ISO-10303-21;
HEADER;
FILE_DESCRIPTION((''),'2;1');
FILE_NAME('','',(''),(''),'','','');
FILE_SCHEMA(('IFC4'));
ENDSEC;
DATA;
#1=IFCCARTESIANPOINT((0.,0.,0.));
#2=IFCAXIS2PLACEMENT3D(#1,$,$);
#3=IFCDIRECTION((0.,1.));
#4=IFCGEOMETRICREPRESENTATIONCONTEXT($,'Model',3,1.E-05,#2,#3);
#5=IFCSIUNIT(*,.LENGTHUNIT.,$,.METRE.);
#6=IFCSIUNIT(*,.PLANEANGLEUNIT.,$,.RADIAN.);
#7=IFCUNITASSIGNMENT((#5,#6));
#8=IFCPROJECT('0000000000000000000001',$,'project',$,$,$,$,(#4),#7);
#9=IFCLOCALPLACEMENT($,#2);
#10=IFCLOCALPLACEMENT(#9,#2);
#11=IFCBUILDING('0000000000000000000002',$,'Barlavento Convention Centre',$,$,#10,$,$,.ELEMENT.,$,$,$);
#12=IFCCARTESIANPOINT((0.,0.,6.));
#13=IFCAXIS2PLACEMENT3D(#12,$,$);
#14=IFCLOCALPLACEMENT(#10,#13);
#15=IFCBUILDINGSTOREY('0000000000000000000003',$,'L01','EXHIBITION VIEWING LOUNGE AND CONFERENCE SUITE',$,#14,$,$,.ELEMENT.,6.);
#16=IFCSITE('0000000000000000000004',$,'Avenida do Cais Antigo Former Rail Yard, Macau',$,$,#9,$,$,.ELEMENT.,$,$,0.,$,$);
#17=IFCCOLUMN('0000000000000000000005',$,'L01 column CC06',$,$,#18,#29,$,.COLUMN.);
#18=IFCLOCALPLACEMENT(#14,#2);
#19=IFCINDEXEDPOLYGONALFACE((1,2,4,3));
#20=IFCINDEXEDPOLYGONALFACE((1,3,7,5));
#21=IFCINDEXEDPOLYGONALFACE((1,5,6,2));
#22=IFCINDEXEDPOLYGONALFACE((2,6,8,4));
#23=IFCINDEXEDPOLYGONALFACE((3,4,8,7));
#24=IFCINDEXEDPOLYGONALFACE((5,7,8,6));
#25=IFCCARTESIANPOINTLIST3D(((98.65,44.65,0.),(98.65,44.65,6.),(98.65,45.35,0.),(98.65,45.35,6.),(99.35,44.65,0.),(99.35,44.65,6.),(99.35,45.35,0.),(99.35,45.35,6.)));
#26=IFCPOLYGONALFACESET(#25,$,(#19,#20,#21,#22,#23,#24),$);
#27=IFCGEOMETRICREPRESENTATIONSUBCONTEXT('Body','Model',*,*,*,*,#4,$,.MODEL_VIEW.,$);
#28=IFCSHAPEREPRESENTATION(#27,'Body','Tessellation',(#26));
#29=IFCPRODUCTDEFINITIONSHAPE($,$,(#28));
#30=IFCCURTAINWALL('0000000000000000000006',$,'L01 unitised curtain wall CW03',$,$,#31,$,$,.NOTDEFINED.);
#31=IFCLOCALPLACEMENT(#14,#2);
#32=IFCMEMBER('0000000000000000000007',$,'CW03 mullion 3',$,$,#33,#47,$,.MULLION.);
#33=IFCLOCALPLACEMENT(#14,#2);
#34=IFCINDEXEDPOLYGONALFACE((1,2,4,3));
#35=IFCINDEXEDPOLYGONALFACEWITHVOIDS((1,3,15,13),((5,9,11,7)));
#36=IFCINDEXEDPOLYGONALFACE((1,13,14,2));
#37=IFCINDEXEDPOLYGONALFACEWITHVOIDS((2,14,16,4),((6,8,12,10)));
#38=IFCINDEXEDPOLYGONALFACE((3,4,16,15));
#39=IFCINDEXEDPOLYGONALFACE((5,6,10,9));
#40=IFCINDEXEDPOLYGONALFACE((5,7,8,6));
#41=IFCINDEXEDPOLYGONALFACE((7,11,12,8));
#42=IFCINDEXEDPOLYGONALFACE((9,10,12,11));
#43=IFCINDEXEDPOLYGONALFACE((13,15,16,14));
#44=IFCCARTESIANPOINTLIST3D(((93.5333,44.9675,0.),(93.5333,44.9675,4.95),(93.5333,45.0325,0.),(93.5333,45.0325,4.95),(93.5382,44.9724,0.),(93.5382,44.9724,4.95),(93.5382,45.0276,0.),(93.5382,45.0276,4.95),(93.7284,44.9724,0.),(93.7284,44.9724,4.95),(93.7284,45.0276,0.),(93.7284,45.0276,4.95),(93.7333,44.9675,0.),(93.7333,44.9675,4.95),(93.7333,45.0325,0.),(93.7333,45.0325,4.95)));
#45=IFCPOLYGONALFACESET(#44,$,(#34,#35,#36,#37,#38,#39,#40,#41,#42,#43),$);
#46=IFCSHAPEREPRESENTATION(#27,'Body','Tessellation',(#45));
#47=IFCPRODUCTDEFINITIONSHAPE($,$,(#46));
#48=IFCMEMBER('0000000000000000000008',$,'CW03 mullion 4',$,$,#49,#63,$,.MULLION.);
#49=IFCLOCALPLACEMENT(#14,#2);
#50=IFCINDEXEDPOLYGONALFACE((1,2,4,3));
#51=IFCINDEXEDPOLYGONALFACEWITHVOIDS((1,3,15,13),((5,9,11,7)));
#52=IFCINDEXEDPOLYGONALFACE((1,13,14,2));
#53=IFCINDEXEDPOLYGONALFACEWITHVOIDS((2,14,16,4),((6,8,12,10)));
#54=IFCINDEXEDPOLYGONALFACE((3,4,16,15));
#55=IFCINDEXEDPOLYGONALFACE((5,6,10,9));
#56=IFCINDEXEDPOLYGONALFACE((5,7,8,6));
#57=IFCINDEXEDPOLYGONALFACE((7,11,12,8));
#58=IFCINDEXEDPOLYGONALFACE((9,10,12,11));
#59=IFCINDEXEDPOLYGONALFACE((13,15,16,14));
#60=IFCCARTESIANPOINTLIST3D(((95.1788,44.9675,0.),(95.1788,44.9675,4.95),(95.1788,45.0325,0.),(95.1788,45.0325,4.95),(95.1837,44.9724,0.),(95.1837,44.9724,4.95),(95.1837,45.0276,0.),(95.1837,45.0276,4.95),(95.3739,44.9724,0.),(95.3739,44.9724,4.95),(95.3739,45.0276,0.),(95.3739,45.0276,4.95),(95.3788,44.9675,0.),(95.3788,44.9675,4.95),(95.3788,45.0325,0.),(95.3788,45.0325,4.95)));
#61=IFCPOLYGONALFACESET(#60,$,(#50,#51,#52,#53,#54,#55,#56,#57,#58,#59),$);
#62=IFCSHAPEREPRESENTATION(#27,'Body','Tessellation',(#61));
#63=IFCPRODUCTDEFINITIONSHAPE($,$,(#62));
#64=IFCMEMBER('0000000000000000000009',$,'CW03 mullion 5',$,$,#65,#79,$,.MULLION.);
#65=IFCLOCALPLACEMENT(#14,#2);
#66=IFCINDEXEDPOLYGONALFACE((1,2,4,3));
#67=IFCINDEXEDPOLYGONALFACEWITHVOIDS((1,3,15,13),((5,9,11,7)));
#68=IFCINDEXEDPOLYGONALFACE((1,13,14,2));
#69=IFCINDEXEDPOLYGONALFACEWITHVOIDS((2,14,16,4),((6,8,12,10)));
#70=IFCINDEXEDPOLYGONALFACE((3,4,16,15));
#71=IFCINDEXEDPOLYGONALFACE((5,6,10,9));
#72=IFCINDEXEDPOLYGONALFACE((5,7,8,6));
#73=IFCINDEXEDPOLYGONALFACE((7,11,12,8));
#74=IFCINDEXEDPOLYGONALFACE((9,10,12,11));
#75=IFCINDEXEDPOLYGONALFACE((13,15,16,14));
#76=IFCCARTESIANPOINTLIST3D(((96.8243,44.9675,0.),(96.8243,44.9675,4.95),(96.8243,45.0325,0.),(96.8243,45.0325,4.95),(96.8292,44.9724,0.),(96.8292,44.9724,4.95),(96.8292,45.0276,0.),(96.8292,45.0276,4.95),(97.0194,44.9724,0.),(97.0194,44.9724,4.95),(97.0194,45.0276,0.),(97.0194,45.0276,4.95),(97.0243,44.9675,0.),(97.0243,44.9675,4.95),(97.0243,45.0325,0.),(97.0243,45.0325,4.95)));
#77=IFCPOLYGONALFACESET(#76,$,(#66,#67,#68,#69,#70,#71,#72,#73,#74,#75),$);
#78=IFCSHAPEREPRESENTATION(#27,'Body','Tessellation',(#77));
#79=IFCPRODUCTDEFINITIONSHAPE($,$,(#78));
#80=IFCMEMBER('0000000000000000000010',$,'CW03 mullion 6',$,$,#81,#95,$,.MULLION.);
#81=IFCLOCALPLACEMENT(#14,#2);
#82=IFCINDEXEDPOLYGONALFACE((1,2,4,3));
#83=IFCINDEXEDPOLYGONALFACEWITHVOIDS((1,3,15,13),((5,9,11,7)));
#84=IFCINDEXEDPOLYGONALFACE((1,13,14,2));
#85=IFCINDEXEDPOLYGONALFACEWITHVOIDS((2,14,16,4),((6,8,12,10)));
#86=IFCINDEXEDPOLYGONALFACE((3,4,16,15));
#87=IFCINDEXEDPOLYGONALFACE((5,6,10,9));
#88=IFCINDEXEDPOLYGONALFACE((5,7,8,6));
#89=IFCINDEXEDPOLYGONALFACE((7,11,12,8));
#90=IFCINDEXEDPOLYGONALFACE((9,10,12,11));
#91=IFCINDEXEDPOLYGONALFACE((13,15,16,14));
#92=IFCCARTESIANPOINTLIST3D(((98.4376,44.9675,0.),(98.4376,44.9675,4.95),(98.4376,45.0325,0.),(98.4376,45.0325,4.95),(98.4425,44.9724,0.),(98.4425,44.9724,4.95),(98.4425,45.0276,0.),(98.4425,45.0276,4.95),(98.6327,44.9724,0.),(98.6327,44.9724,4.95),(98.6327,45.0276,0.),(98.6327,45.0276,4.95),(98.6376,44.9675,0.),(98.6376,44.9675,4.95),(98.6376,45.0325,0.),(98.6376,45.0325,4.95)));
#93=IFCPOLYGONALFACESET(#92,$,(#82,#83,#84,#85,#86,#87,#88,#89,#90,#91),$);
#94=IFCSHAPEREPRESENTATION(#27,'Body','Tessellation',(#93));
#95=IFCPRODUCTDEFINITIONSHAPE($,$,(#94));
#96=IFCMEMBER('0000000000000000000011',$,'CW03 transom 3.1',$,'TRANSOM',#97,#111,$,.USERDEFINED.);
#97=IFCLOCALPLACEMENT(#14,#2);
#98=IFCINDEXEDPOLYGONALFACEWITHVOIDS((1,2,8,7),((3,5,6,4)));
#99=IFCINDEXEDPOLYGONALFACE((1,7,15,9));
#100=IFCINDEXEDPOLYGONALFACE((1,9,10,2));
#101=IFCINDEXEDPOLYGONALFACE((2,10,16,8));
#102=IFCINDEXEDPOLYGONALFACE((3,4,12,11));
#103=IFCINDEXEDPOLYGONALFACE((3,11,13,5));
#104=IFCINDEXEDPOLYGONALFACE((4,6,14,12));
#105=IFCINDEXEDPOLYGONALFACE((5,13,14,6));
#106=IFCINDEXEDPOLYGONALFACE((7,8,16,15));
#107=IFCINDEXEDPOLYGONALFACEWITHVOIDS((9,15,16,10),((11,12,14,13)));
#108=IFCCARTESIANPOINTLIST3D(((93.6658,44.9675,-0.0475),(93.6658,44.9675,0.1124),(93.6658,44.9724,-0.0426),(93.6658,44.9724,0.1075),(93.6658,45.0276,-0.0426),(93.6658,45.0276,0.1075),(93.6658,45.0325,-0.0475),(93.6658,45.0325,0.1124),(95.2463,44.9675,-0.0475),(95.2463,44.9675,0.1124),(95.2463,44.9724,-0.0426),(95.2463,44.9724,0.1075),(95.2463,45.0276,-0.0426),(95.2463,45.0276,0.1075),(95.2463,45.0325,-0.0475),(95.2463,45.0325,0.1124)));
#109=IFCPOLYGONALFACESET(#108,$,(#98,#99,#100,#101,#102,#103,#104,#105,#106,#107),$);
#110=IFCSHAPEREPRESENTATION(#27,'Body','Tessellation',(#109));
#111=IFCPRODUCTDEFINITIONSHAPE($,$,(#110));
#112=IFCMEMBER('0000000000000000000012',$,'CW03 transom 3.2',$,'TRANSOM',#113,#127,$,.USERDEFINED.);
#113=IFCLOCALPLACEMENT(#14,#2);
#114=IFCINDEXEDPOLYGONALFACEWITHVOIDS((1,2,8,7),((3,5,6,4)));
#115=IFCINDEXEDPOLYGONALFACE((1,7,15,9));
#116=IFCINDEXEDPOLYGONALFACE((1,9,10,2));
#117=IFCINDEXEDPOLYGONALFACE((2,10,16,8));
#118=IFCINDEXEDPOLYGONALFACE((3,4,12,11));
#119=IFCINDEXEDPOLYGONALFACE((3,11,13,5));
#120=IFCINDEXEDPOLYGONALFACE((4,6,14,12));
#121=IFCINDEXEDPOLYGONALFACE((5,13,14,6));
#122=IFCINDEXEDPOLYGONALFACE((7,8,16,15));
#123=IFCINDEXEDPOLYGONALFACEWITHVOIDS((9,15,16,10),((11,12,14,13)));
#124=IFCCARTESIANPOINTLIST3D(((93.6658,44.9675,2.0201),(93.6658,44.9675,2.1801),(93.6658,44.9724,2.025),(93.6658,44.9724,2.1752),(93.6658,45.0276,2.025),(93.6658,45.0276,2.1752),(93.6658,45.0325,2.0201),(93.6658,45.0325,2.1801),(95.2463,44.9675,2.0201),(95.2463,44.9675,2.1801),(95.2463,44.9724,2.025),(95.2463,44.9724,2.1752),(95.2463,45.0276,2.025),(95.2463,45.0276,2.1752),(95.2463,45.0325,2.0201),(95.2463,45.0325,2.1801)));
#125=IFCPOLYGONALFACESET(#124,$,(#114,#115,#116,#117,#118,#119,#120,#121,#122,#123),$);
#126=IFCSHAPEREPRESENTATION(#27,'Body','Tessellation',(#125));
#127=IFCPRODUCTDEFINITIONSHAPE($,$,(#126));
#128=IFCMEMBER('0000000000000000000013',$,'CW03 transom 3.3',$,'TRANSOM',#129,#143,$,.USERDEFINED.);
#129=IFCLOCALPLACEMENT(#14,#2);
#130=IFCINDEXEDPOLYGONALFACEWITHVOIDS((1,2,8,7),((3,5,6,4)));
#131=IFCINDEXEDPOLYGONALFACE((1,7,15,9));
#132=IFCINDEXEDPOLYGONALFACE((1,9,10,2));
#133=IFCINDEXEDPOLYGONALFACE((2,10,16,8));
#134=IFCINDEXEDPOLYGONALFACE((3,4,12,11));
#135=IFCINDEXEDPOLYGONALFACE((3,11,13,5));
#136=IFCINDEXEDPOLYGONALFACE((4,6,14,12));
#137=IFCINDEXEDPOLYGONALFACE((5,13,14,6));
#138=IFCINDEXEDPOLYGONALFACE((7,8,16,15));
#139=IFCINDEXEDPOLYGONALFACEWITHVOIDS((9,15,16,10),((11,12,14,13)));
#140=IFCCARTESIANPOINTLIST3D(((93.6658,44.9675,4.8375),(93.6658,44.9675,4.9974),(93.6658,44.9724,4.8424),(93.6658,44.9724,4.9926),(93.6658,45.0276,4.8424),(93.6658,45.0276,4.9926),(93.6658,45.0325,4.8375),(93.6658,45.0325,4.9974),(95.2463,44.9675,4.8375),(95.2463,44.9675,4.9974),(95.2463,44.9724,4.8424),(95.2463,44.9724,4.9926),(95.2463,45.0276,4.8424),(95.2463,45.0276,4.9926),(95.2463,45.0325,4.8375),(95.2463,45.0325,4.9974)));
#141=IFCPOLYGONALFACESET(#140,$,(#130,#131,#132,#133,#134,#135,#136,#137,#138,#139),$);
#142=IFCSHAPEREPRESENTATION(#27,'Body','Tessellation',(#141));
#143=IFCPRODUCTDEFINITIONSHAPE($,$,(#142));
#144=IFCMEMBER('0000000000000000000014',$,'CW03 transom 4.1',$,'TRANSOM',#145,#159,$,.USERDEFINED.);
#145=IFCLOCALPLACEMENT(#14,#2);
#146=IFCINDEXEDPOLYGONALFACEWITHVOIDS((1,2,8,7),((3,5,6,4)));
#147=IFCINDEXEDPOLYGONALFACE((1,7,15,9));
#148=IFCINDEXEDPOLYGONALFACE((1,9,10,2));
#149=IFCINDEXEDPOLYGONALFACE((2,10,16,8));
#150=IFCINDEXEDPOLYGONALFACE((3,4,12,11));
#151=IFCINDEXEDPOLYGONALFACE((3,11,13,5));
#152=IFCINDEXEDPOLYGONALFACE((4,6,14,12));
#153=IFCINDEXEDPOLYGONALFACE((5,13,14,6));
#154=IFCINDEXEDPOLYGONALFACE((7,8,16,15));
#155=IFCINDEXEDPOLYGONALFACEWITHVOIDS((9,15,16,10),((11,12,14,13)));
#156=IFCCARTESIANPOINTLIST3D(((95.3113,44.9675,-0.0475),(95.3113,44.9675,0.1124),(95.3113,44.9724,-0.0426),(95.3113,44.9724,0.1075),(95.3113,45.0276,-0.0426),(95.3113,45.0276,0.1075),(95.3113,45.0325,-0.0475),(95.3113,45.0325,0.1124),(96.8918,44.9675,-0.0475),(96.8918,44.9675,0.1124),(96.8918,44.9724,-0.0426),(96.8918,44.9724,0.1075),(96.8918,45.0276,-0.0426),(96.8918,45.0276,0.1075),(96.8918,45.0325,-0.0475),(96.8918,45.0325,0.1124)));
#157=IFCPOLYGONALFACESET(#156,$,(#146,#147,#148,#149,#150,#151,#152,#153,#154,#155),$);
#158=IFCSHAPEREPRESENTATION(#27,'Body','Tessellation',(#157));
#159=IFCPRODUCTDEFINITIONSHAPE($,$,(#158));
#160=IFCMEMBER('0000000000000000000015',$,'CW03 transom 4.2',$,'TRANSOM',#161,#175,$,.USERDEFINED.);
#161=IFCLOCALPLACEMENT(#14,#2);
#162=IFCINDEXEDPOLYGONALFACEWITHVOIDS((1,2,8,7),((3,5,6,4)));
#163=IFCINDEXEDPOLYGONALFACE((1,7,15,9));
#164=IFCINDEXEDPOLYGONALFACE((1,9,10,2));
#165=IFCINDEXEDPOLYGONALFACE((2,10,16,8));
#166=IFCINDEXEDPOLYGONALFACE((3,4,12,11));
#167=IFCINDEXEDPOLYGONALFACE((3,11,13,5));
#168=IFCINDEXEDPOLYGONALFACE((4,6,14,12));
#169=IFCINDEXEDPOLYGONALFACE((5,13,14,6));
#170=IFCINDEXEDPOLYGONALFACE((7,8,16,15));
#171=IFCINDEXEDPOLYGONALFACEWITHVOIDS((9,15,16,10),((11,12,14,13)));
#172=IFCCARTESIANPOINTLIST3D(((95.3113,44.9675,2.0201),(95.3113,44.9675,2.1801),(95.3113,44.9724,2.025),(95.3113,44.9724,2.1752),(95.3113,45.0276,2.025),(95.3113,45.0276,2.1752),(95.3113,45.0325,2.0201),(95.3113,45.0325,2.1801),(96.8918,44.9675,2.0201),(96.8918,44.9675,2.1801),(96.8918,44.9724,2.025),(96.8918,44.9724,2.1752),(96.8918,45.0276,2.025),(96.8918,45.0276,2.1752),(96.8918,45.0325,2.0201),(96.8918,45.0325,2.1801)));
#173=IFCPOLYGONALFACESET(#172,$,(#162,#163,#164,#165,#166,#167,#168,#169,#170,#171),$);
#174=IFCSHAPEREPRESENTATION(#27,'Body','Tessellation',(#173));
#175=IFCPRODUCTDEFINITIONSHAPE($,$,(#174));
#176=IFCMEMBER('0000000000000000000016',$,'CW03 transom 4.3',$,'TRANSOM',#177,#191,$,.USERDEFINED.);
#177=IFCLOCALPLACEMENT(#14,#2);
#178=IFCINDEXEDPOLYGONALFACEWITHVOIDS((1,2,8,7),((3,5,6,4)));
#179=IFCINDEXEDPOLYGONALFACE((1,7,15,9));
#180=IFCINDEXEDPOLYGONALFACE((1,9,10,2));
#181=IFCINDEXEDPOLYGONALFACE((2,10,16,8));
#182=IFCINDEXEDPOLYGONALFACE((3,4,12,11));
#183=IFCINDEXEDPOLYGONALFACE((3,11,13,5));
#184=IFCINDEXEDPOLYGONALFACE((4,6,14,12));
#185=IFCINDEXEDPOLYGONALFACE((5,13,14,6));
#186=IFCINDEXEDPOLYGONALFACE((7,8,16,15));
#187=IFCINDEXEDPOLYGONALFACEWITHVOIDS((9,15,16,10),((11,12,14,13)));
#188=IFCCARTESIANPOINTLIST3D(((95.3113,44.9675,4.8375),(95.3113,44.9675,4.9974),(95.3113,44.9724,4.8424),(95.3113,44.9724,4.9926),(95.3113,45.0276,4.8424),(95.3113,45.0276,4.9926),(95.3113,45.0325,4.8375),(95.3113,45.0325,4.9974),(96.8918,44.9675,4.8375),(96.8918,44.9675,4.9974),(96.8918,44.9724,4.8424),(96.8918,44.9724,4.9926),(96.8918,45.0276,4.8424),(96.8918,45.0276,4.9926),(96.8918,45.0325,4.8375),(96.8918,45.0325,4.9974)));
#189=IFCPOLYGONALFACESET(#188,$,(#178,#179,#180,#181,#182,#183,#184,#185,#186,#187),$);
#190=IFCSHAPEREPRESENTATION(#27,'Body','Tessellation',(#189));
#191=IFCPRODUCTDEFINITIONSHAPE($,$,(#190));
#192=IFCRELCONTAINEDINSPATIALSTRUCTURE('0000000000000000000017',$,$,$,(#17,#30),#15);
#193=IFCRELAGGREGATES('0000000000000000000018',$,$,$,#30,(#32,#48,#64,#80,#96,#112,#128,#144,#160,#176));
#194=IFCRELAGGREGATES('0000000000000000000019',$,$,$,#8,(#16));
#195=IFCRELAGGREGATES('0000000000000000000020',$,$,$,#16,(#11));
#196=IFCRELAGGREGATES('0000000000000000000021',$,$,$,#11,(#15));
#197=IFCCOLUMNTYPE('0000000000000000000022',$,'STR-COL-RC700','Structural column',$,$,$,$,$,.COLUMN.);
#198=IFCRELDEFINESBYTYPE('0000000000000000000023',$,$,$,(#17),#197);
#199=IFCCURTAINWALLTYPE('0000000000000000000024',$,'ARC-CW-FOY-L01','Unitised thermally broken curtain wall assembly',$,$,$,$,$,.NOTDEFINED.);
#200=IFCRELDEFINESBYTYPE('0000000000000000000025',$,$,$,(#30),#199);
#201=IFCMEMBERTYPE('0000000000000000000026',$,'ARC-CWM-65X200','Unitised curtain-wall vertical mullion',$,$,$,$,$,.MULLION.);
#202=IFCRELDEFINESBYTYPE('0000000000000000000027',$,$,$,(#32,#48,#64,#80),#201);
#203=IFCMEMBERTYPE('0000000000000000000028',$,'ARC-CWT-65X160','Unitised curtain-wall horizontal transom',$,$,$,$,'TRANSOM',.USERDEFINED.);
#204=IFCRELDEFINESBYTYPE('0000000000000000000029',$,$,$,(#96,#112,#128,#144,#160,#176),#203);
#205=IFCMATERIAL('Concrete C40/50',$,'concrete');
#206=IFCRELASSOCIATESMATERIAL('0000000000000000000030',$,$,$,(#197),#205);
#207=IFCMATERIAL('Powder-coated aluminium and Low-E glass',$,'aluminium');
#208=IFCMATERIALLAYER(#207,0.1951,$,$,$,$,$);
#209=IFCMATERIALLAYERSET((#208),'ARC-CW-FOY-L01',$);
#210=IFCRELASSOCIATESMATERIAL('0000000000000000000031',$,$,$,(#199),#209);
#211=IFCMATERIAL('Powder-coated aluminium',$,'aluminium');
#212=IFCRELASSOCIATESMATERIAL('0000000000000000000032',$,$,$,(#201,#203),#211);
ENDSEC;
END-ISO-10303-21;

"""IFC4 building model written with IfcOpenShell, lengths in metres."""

from ifc_helpers import new_model, si_unit, direction, frame, origin, origin_2d, place, context, subcontext, project, spatial, rectangle, hollow_rectangle, extrude, material, layer, layer_set, material_profile, profile_set, type_object, element, aggregate, save


model = new_model("IFC4")

# Units and contexts
model_context = context("Model", 3, precision=1e-05, world=origin(), true_north=direction((0.0, 1.0)))
body_context = subcontext(model_context, "Body", "Model", "MODEL_VIEW")
ifc_project = project(units=[si_unit("LENGTHUNIT", "METRE"), si_unit("PLANEANGLEUNIT", "RADIAN")], contexts=[model_context])

# Site, building, storey
site_placement = place(None, origin())
site = spatial("IfcSite", under=ifc_project, at=site_placement, Name="Avenida do Cais Antigo Former Rail Yard, Macau", CompositionType="ELEMENT", RefElevation=0.0)
building_placement = place(site_placement, origin())
building = spatial("IfcBuilding", under=site, at=building_placement, Name="Barlavento Convention Centre", CompositionType="ELEMENT")
storey_placement = place(building_placement, frame((0.0, 0.0, 6.0)))
storey = spatial("IfcBuildingStorey", under=building, at=storey_placement, Name="L01", Description="EXHIBITION VIEWING LOUNGE AND CONFERENCE SUITE", CompositionType="ELEMENT", Elevation=6.0)

# Column
ifc_material_1 = material(Name="Concrete C40/50", Category="concrete")
ifc_material_profile_1 = material_profile(ifc_material_1, rectangle(XDim=0.7, YDim=0.7, at=origin_2d()), Name="RC 700x700")
ifc_profile_set_1 = profile_set([ifc_material_profile_1], Name="Concrete C40/50")
column_type = type_object("IfcColumnType", Name="STR-COL-RC700", Description="Structural column", PredefinedType="COLUMN", material=ifc_profile_set_1)
column_placement = place(storey_placement, frame((99.0, 45.0, 0.0), z_axis=(0.0, 0.0, 1.0), x_axis=(1.0, 0.0, 0.0)))
element("IfcColumn", 1, at=column_placement, inside=storey, type_object=column_type, Name="L01 column CC06", PredefinedType="COLUMN", context=body_context, shape_type="SweptSolid", body=[
    extrude(rectangle(XDim=0.7, YDim=0.7, at=origin_2d()), origin(), (0.0, 0.0, 1.0), 6.0),
])

# Curtain wall, members
ifc_material_2 = material(Name="Powder-coated aluminium and Low-E glass", Category="aluminium")
ifc_layer_1 = layer(ifc_material_2, 0.1951)
ifc_layer_set_1 = layer_set([ifc_layer_1], Name="ARC-CW-FOY-L01")
curtain_wall_type = type_object("IfcCurtainWallType", Name="ARC-CW-FOY-L01", Description="Unitised thermally broken curtain wall assembly", PredefinedType="NOTDEFINED", material=ifc_layer_set_1)
curtain_wall_placement = place(storey_placement, origin())
curtain_wall = element("IfcCurtainWall", 2, at=curtain_wall_placement, inside=storey, type_object=curtain_wall_type, Name="L01 unitised curtain wall CW03", PredefinedType="NOTDEFINED")
ifc_material_3 = material(Name="Powder-coated aluminium", Category="aluminium")
ifc_material_profile_2 = material_profile(ifc_material_3, hollow_rectangle(XDim=0.0649, YDim=0.2, WallThickness=0.0049, at=origin_2d()), Name="AL-MULL 65x200x5")
ifc_profile_set_2 = profile_set([ifc_material_profile_2], Name="Powder-coated aluminium")
member_type_1 = type_object("IfcMemberType", Name="ARC-CWM-65X200", Description="Unitised curtain-wall vertical mullion", PredefinedType="MULLION", material=ifc_profile_set_2)
member_1_placement = place(storey_placement, frame((93.6333, 45.0, 0.0), z_axis=(0.0, 0.0, 1.0), x_axis=(0.0, 1.0, 0.0)))
member_1 = element("IfcMember", 3, at=member_1_placement, type_object=member_type_1, Name="CW03 mullion 3", PredefinedType="MULLION", context=body_context, shape_type="SweptSolid", body=[
    extrude(hollow_rectangle(XDim=0.0649, YDim=0.2, WallThickness=0.0049, at=origin_2d()), origin(), (0.0, 0.0, 1.0), 4.95),
])
member_2_placement = place(storey_placement, frame((95.2788, 45.0, 0.0), z_axis=(0.0, 0.0, 1.0), x_axis=(0.0, 1.0, 0.0)))
member_2 = element("IfcMember", 4, at=member_2_placement, type_object=member_type_1, Name="CW03 mullion 4", PredefinedType="MULLION", context=body_context, shape_type="SweptSolid", body=[
    extrude(hollow_rectangle(XDim=0.0649, YDim=0.2, WallThickness=0.0049, at=origin_2d()), origin(), (0.0, 0.0, 1.0), 4.95),
])
member_3_placement = place(storey_placement, frame((96.9243, 45.0, 0.0), z_axis=(0.0, 0.0, 1.0), x_axis=(0.0, 1.0, 0.0)))
member_3 = element("IfcMember", 5, at=member_3_placement, type_object=member_type_1, Name="CW03 mullion 5", PredefinedType="MULLION", context=body_context, shape_type="SweptSolid", body=[
    extrude(hollow_rectangle(XDim=0.0649, YDim=0.2, WallThickness=0.0049, at=origin_2d()), origin(), (0.0, 0.0, 1.0), 4.95),
])
member_4_placement = place(storey_placement, frame((98.5376, 45.0, 0.0), z_axis=(0.0, 0.0, 1.0), x_axis=(0.0, 1.0, 0.0)))
member_4 = element("IfcMember", 6, at=member_4_placement, type_object=member_type_1, Name="CW03 mullion 6", PredefinedType="MULLION", context=body_context, shape_type="SweptSolid", body=[
    extrude(hollow_rectangle(XDim=0.0649, YDim=0.2, WallThickness=0.0049, at=origin_2d()), origin(), (0.0, 0.0, 1.0), 4.95),
])
ifc_material_profile_3 = material_profile(ifc_material_3, hollow_rectangle(XDim=0.0649, YDim=0.1599, WallThickness=0.0049, at=origin_2d()), Name="AL-TRAN 65x160x5")
ifc_profile_set_3 = profile_set([ifc_material_profile_3], Name="Powder-coated aluminium")
member_type_2 = type_object("IfcMemberType", Name="ARC-CWT-65X160", Description="Unitised curtain-wall horizontal transom", ElementType="TRANSOM", PredefinedType="USERDEFINED", material=ifc_profile_set_3)
member_5_placement = place(storey_placement, frame((93.6658, 45.0, 0.0325), z_axis=(1.0, 0.0, 0.0), x_axis=(0.0, 1.0, 0.0)))
member_5 = element("IfcMember", 7, at=member_5_placement, type_object=member_type_2, Name="CW03 transom 3.1", ObjectType="TRANSOM", PredefinedType="USERDEFINED", context=body_context, shape_type="SweptSolid", body=[
    extrude(hollow_rectangle(XDim=0.0649, YDim=0.1599, WallThickness=0.0049, at=origin_2d()), origin(), (0.0, 0.0, 1.0), 1.5806),
])
member_6_placement = place(storey_placement, frame((93.6658, 45.0, 2.1001), z_axis=(1.0, 0.0, 0.0), x_axis=(0.0, 1.0, 0.0)))
member_6 = element("IfcMember", 8, at=member_6_placement, type_object=member_type_2, Name="CW03 transom 3.2", ObjectType="TRANSOM", PredefinedType="USERDEFINED", context=body_context, shape_type="SweptSolid", body=[
    extrude(hollow_rectangle(XDim=0.0649, YDim=0.1599, WallThickness=0.0049, at=origin_2d()), origin(), (0.0, 0.0, 1.0), 1.5806),
])
member_7_placement = place(storey_placement, frame((93.6658, 45.0, 4.9175), z_axis=(1.0, 0.0, 0.0), x_axis=(0.0, 1.0, 0.0)))
member_7 = element("IfcMember", 9, at=member_7_placement, type_object=member_type_2, Name="CW03 transom 3.3", ObjectType="TRANSOM", PredefinedType="USERDEFINED", context=body_context, shape_type="SweptSolid", body=[
    extrude(hollow_rectangle(XDim=0.0649, YDim=0.1599, WallThickness=0.0049, at=origin_2d()), origin(), (0.0, 0.0, 1.0), 1.5806),
])
member_8_placement = place(storey_placement, frame((95.3113, 45.0, 0.0325), z_axis=(1.0, 0.0, 0.0), x_axis=(0.0, 1.0, 0.0)))
member_8 = element("IfcMember", 10, at=member_8_placement, type_object=member_type_2, Name="CW03 transom 4.1", ObjectType="TRANSOM", PredefinedType="USERDEFINED", context=body_context, shape_type="SweptSolid", body=[
    extrude(hollow_rectangle(XDim=0.0649, YDim=0.1599, WallThickness=0.0049, at=origin_2d()), origin(), (0.0, 0.0, 1.0), 1.5806),
])
member_9_placement = place(storey_placement, frame((95.3113, 45.0, 2.1001), z_axis=(1.0, 0.0, 0.0), x_axis=(0.0, 1.0, 0.0)))
member_9 = element("IfcMember", 11, at=member_9_placement, type_object=member_type_2, Name="CW03 transom 4.2", ObjectType="TRANSOM", PredefinedType="USERDEFINED", context=body_context, shape_type="SweptSolid", body=[
    extrude(hollow_rectangle(XDim=0.0649, YDim=0.1599, WallThickness=0.0049, at=origin_2d()), origin(), (0.0, 0.0, 1.0), 1.5806),
])
member_10_placement = place(storey_placement, frame((95.3113, 45.0, 4.9175), z_axis=(1.0, 0.0, 0.0), x_axis=(0.0, 1.0, 0.0)))
member_10 = element("IfcMember", 12, at=member_10_placement, type_object=member_type_2, Name="CW03 transom 4.3", ObjectType="TRANSOM", PredefinedType="USERDEFINED", context=body_context, shape_type="SweptSolid", body=[
    extrude(hollow_rectangle(XDim=0.0649, YDim=0.1599, WallThickness=0.0049, at=origin_2d()), origin(), (0.0, 0.0, 1.0), 1.5806),
])
aggregate(curtain_wall, [member_1, member_2, member_3, member_4, member_5, member_6, member_7, member_8, member_9, member_10])

save(model, "model.ifc")
